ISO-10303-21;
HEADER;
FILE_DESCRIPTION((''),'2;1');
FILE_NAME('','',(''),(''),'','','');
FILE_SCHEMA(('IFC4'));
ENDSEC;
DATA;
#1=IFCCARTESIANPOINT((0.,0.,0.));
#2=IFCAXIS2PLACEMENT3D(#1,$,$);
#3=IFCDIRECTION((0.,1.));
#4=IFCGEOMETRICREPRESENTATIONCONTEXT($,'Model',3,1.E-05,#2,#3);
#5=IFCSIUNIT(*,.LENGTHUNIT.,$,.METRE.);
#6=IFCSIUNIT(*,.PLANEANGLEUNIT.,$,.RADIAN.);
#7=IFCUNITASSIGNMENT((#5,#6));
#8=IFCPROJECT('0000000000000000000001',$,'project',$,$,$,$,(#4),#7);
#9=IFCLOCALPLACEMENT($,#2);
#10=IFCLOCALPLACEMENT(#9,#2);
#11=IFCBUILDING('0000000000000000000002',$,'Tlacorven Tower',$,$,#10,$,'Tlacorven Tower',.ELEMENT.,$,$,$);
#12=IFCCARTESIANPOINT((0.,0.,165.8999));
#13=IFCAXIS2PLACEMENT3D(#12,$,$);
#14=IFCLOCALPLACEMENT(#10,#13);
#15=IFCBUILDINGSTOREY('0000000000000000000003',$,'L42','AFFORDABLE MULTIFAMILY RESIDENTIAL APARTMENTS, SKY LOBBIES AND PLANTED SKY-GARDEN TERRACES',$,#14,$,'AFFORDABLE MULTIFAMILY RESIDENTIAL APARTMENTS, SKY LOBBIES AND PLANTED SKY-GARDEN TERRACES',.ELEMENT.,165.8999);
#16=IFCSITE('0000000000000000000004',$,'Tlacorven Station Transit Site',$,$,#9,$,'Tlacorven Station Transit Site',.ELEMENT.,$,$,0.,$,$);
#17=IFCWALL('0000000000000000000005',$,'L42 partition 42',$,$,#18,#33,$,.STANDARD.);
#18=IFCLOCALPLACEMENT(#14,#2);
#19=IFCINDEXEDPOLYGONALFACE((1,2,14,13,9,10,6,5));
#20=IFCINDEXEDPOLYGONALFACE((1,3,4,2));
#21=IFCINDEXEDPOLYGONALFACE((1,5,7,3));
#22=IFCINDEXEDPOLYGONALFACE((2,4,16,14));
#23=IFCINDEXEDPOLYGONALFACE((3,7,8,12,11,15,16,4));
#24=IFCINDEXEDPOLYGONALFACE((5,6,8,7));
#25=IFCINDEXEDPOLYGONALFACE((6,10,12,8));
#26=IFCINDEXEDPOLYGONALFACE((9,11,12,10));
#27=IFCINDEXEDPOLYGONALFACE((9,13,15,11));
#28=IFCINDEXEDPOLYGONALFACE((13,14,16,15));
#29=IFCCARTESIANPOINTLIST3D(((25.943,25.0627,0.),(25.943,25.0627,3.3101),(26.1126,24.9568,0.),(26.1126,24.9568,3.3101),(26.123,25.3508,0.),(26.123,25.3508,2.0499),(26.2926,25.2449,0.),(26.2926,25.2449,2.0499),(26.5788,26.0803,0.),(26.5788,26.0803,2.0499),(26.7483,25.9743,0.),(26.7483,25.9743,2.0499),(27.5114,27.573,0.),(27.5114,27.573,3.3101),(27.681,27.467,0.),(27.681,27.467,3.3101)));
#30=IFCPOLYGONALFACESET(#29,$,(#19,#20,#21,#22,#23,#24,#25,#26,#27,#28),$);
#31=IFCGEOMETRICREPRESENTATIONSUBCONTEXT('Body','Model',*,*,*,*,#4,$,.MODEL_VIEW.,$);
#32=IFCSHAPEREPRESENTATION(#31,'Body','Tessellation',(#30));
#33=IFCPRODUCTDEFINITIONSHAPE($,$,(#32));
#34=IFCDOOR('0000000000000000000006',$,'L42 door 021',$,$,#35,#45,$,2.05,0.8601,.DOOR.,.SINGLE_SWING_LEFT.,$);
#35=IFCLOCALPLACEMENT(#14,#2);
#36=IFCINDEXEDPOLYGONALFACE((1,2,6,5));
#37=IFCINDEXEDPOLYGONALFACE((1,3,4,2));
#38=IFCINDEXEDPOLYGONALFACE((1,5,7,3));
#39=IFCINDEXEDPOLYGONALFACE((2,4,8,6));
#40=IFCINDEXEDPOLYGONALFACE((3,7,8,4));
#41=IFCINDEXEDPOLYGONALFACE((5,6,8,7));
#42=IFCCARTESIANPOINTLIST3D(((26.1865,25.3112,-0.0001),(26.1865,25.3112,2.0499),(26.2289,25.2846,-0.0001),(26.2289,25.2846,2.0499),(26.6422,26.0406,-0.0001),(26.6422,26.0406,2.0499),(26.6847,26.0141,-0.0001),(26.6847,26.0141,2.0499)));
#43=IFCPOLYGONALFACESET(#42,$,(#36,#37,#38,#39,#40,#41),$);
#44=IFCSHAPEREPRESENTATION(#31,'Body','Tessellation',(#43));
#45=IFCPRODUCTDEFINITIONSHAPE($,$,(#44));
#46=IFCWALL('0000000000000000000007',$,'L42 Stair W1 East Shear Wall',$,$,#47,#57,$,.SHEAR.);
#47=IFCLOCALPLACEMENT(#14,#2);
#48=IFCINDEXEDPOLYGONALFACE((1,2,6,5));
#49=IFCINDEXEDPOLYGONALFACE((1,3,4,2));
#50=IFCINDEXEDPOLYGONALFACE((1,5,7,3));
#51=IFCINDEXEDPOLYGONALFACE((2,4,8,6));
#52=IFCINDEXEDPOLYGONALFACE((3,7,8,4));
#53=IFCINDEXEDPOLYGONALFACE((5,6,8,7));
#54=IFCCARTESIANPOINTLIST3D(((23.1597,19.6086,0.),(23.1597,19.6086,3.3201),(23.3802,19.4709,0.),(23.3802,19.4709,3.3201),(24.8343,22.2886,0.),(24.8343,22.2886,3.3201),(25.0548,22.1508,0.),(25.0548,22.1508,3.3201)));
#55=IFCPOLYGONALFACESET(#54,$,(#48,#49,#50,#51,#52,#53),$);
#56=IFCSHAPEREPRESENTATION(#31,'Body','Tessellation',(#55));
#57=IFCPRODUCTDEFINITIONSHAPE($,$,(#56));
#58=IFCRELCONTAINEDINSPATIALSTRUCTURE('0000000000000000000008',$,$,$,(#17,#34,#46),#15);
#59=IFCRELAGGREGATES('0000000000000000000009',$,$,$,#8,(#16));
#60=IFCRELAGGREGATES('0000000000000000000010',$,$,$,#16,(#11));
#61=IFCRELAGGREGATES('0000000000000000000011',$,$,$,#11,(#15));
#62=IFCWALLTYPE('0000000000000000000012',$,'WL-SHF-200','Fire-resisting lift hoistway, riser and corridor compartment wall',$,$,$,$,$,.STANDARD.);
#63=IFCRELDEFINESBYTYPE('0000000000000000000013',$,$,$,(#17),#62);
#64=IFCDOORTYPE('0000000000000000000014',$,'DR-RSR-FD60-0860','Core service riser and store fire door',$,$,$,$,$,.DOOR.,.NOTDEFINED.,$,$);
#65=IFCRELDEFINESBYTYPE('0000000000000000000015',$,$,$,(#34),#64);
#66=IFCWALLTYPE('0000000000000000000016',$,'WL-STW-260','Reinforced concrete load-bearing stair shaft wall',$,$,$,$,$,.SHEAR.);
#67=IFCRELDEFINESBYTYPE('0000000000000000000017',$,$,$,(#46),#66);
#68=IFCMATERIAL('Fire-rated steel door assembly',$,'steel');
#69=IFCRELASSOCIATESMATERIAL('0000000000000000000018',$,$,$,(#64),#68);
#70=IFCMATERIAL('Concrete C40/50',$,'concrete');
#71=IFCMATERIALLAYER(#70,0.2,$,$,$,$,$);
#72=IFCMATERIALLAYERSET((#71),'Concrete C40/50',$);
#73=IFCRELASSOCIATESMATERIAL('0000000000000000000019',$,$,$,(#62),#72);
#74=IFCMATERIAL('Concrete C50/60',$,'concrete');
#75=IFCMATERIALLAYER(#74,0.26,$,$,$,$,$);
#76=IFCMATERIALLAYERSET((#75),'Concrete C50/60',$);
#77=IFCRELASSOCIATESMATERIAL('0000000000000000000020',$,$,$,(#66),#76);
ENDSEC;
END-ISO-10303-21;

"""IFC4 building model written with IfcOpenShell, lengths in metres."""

from ifc_helpers import new_model, si_unit, direction, frame, frame_2d, origin, place, context, subcontext, project, spatial, rectangle, extrude, source, transform, mapped, material, layer, layer_set, type_object, element, fill, save


model = new_model("IFC4")

# Units and contexts
model_context = context("Model", 3, precision=1e-05, world=origin(), true_north=direction((0.0, 1.0)))
body_context = subcontext(model_context, "Body", "Model", "MODEL_VIEW")
ifc_project = project(units=[si_unit("LENGTHUNIT", "METRE"), si_unit("PLANEANGLEUNIT", "RADIAN")], contexts=[model_context])

# Site, building, storey
site_placement = place(None, origin())
site = spatial("IfcSite", under=ifc_project, at=site_placement, Name="Tlacorven Station Transit Site", LongName="Tlacorven Station Transit Site", CompositionType="ELEMENT", RefElevation=0.0)
building_placement = place(site_placement, origin())
building = spatial("IfcBuilding", under=site, at=building_placement, Name="Tlacorven Tower", LongName="Tlacorven Tower", CompositionType="ELEMENT")
storey_placement = place(building_placement, frame((0.0, 0.0, 165.8999)))
storey = spatial("IfcBuildingStorey", under=building, at=storey_placement, Name="L42", Description="AFFORDABLE MULTIFAMILY RESIDENTIAL APARTMENTS, SKY LOBBIES AND PLANTED SKY-GARDEN TERRACES", LongName="AFFORDABLE MULTIFAMILY RESIDENTIAL APARTMENTS, SKY LOBBIES AND PLANTED SKY-GARDEN TERRACES", CompositionType="ELEMENT", Elevation=165.8999)

# Shared definitions
ifc_material_1 = material(Name="Fire-rated steel door assembly", Category="steel")
door_type_1 = type_object("IfcDoorType", Name="DR-RSR-FD60-0860", Description="Core service riser and store fire door", OperationType="NOTDEFINED", PredefinedType="DOOR", material=ifc_material_1)
shared_shape_1 = source(origin(), body_context, "Body", "SweptSolid", [
    extrude(rectangle(XDim=0.8601, YDim=2.05, at=frame_2d((0.4302, 1.0249))), frame((0.0, 0.0249, 0.0), z_axis=(0.0, -1.0, 0.0), x_axis=(1.0, 0.0, 0.0)), (0.0, 0.0, 1.0), 0.05),
])

# Wall, opening, door
ifc_material_2 = material(Name="Concrete C40/50", Category="concrete")
ifc_layer_1 = layer(ifc_material_2, 0.2)
ifc_layer_set_1 = layer_set([ifc_layer_1], Name="Concrete C40/50")
wall_type_1 = type_object("IfcWallType", Name="WL-SHF-200", Description="Fire-resisting lift hoistway, riser and corridor compartment wall", PredefinedType="STANDARD", material=ifc_layer_set_1)
wall_1_placement = place(storey_placement, frame((27.5962, 27.52, 0.0), z_axis=(0.0, 0.0, 1.0), x_axis=(-0.529865, -0.848082, 0.0)))
wall_1 = element("IfcWall", 1, at=wall_1_placement, inside=storey, type_object=wall_type_1, Name="L42 partition 42", PredefinedType="STANDARD", context=body_context, shape_type="SweptSolid", body=[
    extrude(rectangle(XDim=2.96, YDim=0.2, at=frame_2d((1.48, 0.0))), origin(), (0.0, 0.0, 1.0), 3.3101),
])
opening_1_placement = place(wall_1_placement, frame((1.76, 0.0, 0.0)))
opening_1 = element("IfcOpeningElement", 2, at=opening_1_placement, cuts=wall_1, PredefinedType="OPENING", context=body_context, shape_type="SweptSolid", body=[
    extrude(rectangle(XDim=0.8601, YDim=2.05, at=frame_2d((0.4302, 1.0249))), frame((0.0, 0.1099, 0.0), z_axis=(0.0, -1.0, 0.0), x_axis=(1.0, 0.0, 0.0)), (0.0, 0.0, 1.0), 0.22),
])
door_1_placement = place(opening_1_placement, origin())
door_1 = element("IfcDoor", 3, at=door_1_placement, inside=storey, type_object=door_type_1, Name="L42 door 021", OperationType="SINGLE_SWING_LEFT", OverallHeight=2.05, OverallWidth=0.8601, PredefinedType="DOOR", context=body_context, shape_type="MappedRepresentation", body=[
    mapped(shared_shape_1, transform((0.0, 0.0, 0.0), scale=1.0)),
])
fill(opening_1, door_1)

# Wall
ifc_material_3 = material(Name="Concrete C50/60", Category="concrete")
ifc_layer_2 = layer(ifc_material_3, 0.26)
ifc_layer_set_2 = layer_set([ifc_layer_2], Name="Concrete C50/60")
wall_type_2 = type_object("IfcWallType", Name="WL-STW-260", Description="Reinforced concrete load-bearing stair shaft wall", PredefinedType="SHEAR", material=ifc_layer_set_2)
wall_2_placement = place(storey_placement, frame((24.9446, 22.2197, 0.0), z_axis=(0.0, 0.0, 1.0), x_axis=(-0.529909, -0.848055, 0.0)))
element("IfcWall", 4, at=wall_2_placement, inside=storey, type_object=wall_type_2, Name="L42 Stair W1 East Shear Wall", PredefinedType="SHEAR", context=body_context, shape_type="SweptSolid", body=[
    extrude(rectangle(XDim=3.1602, YDim=0.26, at=frame_2d((1.5801, 0.0))), origin(), (0.0, 0.0, 1.0), 3.3201),
])

save(model, "model.ifc")
